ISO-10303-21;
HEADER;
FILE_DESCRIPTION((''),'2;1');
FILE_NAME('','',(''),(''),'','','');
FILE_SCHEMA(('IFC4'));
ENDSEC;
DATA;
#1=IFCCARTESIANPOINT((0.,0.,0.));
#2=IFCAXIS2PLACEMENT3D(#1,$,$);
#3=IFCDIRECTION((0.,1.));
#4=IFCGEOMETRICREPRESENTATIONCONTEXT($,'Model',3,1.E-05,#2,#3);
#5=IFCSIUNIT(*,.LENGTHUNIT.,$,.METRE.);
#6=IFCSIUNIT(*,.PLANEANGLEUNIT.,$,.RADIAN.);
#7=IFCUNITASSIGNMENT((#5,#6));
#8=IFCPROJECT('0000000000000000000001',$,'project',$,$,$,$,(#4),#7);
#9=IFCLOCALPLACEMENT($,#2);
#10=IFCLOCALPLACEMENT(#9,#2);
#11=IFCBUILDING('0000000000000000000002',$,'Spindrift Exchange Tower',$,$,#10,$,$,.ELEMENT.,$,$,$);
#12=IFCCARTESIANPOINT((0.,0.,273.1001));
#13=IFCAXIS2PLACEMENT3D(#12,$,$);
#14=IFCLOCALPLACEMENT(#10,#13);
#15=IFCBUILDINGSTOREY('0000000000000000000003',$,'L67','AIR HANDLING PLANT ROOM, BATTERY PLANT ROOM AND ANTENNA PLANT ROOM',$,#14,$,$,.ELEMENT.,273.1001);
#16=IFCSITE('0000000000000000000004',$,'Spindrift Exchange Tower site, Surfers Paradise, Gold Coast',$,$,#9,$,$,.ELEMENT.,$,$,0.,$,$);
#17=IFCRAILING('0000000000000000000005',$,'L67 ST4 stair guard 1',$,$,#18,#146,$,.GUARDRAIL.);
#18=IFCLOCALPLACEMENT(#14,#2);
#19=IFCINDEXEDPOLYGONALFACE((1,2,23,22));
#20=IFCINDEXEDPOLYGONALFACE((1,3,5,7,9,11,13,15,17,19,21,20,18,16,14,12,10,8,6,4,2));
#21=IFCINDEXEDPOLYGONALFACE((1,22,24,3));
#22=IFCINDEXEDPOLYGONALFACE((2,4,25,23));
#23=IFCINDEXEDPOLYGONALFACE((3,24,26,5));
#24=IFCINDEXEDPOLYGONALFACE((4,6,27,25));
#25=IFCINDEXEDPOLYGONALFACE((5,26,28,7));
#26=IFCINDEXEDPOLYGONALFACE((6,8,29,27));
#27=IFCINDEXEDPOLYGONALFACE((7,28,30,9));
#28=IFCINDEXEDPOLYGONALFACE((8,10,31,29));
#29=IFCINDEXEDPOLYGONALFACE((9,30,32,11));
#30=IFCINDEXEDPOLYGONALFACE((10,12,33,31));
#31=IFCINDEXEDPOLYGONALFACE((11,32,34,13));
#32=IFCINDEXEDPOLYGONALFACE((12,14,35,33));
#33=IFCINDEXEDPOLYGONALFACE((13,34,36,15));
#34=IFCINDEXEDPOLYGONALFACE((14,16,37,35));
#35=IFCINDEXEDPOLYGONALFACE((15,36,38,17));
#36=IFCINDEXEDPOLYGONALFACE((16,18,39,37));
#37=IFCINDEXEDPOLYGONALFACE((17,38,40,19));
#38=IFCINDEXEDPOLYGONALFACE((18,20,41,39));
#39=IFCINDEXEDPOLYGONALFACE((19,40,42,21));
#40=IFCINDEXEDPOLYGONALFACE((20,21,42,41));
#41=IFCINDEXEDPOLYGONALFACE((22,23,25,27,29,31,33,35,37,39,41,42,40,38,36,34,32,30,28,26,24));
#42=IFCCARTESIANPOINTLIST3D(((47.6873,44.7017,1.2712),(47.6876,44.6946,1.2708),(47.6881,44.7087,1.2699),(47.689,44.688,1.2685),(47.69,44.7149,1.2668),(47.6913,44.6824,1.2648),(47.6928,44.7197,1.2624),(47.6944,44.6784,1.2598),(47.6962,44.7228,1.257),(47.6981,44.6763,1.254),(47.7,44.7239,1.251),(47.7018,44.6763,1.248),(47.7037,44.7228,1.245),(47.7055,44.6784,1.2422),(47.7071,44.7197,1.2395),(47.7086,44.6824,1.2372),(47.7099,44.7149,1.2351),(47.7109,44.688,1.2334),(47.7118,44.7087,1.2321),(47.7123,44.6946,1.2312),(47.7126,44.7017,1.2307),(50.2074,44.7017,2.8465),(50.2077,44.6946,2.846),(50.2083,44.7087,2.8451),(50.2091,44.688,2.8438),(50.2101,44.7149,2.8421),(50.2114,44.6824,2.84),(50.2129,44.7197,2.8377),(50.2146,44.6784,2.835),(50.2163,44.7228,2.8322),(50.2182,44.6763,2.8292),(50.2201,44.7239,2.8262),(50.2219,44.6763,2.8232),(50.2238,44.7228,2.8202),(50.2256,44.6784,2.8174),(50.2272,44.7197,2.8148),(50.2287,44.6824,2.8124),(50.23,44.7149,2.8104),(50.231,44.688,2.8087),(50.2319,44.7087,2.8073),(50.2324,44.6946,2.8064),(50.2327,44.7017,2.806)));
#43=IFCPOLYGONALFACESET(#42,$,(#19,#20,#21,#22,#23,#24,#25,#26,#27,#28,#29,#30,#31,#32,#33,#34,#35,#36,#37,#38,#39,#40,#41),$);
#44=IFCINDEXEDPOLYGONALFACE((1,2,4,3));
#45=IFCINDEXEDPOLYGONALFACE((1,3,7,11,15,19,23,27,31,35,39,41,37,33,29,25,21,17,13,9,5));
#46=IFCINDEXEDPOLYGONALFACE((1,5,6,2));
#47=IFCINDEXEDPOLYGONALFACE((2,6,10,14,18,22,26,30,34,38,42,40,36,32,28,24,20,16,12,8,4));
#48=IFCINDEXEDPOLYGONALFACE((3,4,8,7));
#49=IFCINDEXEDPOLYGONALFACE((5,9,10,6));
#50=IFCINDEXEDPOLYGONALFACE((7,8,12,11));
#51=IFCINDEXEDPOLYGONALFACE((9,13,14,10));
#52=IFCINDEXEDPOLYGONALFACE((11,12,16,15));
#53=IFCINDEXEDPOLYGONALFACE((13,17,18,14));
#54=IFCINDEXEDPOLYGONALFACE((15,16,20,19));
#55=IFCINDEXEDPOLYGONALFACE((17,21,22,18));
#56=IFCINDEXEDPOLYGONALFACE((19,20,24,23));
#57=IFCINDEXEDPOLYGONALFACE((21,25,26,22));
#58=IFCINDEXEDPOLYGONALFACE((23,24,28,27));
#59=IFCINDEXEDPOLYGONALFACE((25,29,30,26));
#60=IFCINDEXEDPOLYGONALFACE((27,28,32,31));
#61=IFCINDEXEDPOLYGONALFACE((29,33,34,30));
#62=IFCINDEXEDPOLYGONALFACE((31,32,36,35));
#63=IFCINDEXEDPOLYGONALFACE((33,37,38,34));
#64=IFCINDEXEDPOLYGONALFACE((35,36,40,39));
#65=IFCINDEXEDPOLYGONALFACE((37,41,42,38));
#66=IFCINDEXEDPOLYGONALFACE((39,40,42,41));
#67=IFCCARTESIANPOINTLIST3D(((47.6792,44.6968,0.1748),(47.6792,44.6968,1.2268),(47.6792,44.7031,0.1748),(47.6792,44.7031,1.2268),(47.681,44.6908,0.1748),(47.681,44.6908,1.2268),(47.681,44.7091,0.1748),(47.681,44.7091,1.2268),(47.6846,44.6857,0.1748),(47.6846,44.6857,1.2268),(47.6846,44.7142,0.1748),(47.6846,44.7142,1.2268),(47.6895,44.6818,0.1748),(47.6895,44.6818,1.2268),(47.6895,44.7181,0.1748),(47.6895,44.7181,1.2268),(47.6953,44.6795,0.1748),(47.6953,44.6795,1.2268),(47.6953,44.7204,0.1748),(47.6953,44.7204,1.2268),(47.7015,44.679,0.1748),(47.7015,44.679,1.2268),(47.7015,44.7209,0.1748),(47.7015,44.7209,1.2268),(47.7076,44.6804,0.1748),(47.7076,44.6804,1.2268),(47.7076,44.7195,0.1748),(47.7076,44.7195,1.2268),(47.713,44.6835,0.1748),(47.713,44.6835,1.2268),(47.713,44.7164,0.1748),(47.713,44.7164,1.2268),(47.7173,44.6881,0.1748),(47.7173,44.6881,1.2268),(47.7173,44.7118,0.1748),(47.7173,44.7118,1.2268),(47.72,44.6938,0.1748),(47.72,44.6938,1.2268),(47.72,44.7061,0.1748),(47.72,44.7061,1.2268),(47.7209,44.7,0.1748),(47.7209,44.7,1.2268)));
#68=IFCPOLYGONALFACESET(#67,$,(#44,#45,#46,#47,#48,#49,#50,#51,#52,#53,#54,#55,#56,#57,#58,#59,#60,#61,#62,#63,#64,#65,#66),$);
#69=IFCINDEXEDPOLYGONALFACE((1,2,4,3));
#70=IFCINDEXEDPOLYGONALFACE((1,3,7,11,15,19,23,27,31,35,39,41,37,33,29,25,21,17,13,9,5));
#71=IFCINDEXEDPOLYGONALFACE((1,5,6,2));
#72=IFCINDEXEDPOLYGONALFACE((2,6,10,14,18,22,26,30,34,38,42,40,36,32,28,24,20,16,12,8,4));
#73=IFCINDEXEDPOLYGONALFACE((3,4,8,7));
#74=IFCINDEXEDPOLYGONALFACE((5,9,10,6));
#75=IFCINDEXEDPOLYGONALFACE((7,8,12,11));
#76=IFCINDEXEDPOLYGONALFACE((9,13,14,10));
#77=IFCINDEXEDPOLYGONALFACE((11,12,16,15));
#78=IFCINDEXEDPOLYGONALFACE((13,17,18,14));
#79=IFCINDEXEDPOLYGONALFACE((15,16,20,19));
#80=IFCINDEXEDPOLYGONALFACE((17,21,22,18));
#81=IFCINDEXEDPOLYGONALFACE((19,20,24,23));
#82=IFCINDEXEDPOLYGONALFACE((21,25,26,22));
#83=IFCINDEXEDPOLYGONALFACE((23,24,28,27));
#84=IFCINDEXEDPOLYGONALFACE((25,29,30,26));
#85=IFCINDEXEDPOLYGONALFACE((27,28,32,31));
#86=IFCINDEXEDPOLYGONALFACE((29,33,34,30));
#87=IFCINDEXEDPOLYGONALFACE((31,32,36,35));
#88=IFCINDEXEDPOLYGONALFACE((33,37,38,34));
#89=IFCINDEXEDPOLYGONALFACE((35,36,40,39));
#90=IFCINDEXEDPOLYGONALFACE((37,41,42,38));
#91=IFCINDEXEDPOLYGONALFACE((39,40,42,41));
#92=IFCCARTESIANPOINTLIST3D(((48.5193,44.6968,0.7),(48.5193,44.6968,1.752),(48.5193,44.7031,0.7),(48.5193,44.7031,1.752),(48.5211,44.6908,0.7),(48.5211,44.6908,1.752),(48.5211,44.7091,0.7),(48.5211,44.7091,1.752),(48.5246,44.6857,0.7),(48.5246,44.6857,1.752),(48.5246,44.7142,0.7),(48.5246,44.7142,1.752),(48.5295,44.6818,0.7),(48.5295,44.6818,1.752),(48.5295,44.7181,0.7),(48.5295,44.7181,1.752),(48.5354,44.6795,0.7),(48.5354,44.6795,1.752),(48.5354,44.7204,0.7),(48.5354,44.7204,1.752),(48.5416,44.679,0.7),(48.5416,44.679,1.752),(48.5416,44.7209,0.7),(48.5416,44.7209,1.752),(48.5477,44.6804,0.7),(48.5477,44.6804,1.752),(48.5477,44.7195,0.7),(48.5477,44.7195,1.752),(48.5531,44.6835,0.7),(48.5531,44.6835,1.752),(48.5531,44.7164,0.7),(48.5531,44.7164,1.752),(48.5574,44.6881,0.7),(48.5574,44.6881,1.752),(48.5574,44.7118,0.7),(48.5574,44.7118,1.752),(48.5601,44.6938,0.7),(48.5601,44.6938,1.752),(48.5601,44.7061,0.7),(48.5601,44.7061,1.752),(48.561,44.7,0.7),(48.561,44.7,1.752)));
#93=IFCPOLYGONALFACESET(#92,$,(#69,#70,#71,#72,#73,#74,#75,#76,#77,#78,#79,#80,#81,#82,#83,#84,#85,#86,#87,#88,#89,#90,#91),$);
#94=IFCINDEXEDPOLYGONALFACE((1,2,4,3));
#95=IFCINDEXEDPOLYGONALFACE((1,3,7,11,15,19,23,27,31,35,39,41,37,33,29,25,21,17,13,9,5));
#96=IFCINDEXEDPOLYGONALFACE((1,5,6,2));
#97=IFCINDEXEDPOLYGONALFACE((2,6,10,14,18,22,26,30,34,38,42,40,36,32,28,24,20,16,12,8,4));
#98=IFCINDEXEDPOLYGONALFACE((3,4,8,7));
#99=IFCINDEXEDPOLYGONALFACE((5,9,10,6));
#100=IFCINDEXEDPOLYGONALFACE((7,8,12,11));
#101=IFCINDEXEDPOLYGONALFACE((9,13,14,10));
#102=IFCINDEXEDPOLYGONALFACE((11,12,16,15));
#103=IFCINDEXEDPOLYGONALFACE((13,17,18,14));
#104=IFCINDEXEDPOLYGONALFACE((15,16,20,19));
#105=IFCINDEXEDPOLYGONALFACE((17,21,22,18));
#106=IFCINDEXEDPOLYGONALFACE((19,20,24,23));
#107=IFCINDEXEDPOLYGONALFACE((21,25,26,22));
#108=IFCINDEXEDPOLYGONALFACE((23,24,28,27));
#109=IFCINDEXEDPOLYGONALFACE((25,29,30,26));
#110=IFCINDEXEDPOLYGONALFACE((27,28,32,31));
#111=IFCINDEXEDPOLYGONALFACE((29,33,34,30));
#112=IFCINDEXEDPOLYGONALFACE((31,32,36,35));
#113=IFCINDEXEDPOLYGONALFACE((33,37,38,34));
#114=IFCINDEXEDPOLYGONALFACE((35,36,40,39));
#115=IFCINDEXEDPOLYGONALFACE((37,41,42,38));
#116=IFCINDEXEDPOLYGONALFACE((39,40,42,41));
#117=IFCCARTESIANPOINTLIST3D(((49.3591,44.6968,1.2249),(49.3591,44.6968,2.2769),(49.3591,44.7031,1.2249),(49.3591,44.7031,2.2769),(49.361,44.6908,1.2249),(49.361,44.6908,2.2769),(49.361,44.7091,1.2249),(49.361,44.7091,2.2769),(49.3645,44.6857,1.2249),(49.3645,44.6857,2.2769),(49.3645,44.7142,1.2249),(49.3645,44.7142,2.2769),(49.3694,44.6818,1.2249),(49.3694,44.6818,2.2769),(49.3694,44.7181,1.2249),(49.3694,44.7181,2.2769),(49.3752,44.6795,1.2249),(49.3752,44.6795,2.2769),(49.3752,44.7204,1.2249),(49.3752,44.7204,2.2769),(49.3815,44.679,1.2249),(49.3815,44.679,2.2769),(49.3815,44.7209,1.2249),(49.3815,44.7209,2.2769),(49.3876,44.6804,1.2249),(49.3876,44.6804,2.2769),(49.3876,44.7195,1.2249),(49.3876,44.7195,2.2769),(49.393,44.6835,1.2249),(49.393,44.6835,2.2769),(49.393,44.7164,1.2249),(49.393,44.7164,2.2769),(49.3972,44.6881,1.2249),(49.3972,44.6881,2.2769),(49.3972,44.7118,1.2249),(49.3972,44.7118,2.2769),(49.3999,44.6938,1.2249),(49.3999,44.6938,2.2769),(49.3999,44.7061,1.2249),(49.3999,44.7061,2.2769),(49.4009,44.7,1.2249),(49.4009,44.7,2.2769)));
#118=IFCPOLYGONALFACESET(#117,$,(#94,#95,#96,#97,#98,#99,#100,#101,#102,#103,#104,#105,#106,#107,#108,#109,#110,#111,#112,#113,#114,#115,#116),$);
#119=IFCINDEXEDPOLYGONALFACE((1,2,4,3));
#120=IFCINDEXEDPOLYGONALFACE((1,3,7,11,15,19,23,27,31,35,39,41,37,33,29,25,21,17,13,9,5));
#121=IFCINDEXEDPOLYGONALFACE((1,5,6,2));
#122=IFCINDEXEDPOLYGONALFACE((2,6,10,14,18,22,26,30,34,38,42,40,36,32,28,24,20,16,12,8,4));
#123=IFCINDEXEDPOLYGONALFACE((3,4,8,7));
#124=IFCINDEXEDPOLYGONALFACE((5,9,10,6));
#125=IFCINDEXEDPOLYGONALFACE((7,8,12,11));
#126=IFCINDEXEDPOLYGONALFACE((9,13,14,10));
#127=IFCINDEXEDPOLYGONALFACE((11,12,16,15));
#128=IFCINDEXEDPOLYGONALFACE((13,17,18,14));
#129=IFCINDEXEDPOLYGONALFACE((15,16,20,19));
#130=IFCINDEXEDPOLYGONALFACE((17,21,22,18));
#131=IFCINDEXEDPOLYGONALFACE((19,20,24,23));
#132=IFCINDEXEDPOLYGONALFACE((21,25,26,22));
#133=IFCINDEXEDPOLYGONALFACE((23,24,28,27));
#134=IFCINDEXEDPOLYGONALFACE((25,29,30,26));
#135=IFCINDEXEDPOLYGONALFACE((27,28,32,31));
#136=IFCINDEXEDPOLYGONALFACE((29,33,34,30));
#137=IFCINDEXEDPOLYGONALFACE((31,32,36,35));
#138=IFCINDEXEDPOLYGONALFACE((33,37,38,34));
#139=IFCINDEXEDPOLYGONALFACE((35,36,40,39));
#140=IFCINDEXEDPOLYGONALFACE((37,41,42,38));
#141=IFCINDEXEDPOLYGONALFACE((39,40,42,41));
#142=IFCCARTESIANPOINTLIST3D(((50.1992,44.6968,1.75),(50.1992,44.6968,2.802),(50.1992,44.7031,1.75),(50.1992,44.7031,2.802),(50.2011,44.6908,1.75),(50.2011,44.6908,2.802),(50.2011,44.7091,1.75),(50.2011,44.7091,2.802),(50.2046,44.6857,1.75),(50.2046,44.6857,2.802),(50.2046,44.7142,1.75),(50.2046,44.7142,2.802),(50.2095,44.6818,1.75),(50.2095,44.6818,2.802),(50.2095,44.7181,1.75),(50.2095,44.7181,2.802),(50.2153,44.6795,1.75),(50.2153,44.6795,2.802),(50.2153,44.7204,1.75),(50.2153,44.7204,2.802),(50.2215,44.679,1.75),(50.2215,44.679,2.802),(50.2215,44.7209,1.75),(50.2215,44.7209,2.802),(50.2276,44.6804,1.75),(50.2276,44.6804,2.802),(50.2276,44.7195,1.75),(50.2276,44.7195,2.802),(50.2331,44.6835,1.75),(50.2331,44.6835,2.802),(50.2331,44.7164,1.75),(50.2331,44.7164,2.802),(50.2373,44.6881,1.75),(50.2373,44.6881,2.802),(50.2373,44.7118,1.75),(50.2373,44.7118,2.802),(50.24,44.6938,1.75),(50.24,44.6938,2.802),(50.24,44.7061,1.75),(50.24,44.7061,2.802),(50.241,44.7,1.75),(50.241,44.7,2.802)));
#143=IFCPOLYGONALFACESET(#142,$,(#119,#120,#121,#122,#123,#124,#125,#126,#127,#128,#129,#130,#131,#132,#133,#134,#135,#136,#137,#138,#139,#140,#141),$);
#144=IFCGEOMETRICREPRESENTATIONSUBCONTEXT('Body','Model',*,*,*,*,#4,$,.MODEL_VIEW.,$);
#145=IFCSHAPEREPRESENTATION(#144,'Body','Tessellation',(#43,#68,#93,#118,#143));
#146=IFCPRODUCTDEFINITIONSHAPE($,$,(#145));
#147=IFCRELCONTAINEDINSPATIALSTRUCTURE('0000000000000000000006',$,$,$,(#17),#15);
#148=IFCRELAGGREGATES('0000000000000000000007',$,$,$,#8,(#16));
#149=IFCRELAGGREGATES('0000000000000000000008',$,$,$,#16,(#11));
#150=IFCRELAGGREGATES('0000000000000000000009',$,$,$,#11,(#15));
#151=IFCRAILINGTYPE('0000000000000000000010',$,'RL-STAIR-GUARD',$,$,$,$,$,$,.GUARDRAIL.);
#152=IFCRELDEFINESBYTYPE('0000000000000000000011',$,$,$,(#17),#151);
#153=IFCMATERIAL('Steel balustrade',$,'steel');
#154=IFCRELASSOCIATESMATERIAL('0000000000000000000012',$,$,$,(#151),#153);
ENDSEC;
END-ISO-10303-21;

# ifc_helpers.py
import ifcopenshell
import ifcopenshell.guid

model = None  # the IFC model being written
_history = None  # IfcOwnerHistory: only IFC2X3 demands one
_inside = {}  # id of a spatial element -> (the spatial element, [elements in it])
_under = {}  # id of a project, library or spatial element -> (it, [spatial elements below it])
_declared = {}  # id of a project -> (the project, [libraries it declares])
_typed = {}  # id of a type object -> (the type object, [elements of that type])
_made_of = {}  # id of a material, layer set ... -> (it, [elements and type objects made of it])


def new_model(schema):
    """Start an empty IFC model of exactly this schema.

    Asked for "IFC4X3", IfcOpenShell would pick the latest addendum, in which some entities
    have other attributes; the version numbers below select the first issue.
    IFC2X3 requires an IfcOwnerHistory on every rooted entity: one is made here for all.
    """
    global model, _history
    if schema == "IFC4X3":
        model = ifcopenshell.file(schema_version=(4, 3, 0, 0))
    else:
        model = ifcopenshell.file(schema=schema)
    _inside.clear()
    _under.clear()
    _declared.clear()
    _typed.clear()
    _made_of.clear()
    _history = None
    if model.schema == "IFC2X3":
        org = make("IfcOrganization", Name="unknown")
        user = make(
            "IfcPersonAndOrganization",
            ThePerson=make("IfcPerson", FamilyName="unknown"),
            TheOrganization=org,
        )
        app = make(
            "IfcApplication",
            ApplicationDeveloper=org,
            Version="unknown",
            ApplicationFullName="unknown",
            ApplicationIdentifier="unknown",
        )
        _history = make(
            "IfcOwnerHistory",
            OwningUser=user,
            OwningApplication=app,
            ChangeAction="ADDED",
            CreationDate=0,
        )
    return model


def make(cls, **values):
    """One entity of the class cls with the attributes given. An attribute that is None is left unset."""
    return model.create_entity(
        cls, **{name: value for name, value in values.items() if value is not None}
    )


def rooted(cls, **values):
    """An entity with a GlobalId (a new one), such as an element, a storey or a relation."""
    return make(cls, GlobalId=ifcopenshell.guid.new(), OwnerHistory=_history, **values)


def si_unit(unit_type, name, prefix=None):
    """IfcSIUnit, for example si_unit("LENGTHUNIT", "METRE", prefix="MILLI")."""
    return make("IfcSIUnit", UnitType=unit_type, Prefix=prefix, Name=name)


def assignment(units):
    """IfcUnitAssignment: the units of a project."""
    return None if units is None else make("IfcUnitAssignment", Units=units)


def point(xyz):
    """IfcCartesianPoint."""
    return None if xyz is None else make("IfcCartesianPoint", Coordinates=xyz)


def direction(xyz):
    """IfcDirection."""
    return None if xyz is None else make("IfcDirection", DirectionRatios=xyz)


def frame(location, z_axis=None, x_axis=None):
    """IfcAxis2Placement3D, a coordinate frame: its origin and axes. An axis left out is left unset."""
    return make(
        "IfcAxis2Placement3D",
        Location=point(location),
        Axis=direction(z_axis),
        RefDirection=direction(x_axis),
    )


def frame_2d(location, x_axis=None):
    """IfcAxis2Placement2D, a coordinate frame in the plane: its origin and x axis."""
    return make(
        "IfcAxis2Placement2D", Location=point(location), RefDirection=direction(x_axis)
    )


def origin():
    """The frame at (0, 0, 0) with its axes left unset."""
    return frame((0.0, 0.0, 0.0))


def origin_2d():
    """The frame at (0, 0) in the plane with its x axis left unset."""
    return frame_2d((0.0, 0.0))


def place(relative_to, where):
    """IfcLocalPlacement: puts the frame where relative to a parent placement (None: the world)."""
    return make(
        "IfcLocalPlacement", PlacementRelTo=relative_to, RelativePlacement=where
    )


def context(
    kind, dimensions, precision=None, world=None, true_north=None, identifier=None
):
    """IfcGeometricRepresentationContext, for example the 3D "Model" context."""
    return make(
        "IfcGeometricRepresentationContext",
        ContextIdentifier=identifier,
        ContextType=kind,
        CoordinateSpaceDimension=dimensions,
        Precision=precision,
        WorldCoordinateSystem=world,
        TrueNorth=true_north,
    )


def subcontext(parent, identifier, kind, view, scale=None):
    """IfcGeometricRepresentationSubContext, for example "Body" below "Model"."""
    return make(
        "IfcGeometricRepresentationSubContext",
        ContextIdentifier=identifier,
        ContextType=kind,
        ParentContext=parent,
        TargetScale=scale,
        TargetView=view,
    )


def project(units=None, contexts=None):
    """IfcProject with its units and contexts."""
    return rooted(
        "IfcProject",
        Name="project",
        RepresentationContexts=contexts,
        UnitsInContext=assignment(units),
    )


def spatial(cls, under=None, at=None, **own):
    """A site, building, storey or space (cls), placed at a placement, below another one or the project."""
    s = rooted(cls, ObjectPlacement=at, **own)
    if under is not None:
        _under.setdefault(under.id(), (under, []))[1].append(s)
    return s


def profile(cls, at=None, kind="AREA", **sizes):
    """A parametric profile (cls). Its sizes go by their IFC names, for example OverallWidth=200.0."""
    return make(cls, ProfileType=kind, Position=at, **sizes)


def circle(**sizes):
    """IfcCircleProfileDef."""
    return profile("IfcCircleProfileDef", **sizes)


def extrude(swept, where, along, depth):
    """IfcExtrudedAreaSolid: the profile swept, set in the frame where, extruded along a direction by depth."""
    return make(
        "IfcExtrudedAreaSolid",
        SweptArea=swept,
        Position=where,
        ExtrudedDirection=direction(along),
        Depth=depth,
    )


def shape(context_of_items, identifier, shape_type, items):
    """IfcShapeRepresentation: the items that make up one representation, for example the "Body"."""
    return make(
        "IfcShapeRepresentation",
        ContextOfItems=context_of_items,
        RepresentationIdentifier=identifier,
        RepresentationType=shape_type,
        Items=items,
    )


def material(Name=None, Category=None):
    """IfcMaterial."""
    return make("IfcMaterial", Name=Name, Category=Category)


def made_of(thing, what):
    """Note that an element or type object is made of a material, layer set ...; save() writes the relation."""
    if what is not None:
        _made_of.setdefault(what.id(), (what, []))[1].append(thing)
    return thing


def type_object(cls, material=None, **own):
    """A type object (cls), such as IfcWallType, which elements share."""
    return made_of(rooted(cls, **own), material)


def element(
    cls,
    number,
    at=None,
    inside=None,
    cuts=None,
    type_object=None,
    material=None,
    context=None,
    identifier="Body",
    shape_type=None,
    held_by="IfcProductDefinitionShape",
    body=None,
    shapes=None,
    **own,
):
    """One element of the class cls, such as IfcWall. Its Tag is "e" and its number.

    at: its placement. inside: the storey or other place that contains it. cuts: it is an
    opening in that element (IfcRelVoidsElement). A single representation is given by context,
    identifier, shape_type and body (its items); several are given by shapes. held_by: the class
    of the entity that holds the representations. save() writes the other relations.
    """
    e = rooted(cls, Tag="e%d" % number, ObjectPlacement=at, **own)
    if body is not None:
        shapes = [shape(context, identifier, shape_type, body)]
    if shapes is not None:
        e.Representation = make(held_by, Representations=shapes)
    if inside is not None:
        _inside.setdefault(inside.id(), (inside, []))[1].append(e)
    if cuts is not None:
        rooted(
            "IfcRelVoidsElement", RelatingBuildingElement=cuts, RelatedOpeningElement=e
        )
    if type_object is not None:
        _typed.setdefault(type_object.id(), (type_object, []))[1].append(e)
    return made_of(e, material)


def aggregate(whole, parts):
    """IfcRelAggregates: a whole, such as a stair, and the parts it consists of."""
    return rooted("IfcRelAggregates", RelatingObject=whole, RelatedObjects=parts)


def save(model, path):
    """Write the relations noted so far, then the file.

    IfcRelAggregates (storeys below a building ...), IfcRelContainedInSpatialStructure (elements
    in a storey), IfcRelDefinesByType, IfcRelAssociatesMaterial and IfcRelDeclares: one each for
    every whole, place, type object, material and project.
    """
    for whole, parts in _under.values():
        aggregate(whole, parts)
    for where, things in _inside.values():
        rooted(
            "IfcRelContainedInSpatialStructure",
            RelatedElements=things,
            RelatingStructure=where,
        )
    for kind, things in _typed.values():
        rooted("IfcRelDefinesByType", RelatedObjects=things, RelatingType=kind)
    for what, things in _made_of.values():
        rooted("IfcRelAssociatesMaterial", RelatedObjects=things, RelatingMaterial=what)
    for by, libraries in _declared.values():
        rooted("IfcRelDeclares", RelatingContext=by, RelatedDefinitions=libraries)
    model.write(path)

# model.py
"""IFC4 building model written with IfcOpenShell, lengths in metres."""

from ifc_helpers import new_model, si_unit, direction, frame, origin, origin_2d, place, context, subcontext, project, spatial, circle, extrude, material, type_object, element, save


model = new_model("IFC4")

# Units and contexts
model_context = context("Model", 3, precision=1e-05, world=origin(), true_north=direction((0.0, 1.0)))
body_context = subcontext(model_context, "Body", "Model", "MODEL_VIEW")
ifc_project = project(units=[si_unit("LENGTHUNIT", "METRE"), si_unit("PLANEANGLEUNIT", "RADIAN")], contexts=[model_context])

# Site, building, storey
site_placement = place(None, origin())
site = spatial("IfcSite", under=ifc_project, at=site_placement, Name="Spindrift Exchange Tower site, Surfers Paradise, Gold Coast", CompositionType="ELEMENT", RefElevation=0.0)
building_placement = place(site_placement, origin())
building = spatial("IfcBuilding", under=site, at=building_placement, Name="Spindrift Exchange Tower", CompositionType="ELEMENT")
storey_placement = place(building_placement, frame((0.0, 0.0, 273.1001)))
storey = spatial("IfcBuildingStorey", under=building, at=storey_placement, Name="L67", Description="AIR HANDLING PLANT ROOM, BATTERY PLANT ROOM AND ANTENNA PLANT ROOM", CompositionType="ELEMENT", Elevation=273.1001)

# Railing
ifc_material_1 = material(Name="Steel balustrade", Category="steel")
railing_type_1 = type_object("IfcRailingType", Name="RL-STAIR-GUARD", PredefinedType="GUARDRAIL", material=ifc_material_1)
railing_1_placement = place(storey_placement, frame((47.7, 44.7, 0.1748)))
element("IfcRailing", 1, at=railing_1_placement, inside=storey, type_object=railing_type_1, Name="L67 ST4 stair guard 1", PredefinedType="GUARDRAIL", context=body_context, shape_type="SweptSolid", body=[
    extrude(circle(Radius=0.0239, at=origin_2d()), frame((0.0, 0.0, 1.0762), z_axis=(0.847971, 0.0, 0.530043), x_axis=(0.0, 1.0, 0.0)), (0.0, 0.0, 1.0), 2.9719),
    extrude(circle(Radius=0.021, at=origin_2d()), origin(), (0.0, 0.0, 1.0), 1.052),
    extrude(circle(Radius=0.021, at=origin_2d()), frame((0.8401, 0.0, 0.5251)), (0.0, 0.0, 1.0), 1.052),
    extrude(circle(Radius=0.021, at=origin_2d()), frame((1.6799, 0.0, 1.05)), (0.0, 0.0, 1.0), 1.052),
    extrude(circle(Radius=0.021, at=origin_2d()), frame((2.52, 0.0, 1.5752)), (0.0, 0.0, 1.0), 1.052),
])

save(model, "model.ifc")
